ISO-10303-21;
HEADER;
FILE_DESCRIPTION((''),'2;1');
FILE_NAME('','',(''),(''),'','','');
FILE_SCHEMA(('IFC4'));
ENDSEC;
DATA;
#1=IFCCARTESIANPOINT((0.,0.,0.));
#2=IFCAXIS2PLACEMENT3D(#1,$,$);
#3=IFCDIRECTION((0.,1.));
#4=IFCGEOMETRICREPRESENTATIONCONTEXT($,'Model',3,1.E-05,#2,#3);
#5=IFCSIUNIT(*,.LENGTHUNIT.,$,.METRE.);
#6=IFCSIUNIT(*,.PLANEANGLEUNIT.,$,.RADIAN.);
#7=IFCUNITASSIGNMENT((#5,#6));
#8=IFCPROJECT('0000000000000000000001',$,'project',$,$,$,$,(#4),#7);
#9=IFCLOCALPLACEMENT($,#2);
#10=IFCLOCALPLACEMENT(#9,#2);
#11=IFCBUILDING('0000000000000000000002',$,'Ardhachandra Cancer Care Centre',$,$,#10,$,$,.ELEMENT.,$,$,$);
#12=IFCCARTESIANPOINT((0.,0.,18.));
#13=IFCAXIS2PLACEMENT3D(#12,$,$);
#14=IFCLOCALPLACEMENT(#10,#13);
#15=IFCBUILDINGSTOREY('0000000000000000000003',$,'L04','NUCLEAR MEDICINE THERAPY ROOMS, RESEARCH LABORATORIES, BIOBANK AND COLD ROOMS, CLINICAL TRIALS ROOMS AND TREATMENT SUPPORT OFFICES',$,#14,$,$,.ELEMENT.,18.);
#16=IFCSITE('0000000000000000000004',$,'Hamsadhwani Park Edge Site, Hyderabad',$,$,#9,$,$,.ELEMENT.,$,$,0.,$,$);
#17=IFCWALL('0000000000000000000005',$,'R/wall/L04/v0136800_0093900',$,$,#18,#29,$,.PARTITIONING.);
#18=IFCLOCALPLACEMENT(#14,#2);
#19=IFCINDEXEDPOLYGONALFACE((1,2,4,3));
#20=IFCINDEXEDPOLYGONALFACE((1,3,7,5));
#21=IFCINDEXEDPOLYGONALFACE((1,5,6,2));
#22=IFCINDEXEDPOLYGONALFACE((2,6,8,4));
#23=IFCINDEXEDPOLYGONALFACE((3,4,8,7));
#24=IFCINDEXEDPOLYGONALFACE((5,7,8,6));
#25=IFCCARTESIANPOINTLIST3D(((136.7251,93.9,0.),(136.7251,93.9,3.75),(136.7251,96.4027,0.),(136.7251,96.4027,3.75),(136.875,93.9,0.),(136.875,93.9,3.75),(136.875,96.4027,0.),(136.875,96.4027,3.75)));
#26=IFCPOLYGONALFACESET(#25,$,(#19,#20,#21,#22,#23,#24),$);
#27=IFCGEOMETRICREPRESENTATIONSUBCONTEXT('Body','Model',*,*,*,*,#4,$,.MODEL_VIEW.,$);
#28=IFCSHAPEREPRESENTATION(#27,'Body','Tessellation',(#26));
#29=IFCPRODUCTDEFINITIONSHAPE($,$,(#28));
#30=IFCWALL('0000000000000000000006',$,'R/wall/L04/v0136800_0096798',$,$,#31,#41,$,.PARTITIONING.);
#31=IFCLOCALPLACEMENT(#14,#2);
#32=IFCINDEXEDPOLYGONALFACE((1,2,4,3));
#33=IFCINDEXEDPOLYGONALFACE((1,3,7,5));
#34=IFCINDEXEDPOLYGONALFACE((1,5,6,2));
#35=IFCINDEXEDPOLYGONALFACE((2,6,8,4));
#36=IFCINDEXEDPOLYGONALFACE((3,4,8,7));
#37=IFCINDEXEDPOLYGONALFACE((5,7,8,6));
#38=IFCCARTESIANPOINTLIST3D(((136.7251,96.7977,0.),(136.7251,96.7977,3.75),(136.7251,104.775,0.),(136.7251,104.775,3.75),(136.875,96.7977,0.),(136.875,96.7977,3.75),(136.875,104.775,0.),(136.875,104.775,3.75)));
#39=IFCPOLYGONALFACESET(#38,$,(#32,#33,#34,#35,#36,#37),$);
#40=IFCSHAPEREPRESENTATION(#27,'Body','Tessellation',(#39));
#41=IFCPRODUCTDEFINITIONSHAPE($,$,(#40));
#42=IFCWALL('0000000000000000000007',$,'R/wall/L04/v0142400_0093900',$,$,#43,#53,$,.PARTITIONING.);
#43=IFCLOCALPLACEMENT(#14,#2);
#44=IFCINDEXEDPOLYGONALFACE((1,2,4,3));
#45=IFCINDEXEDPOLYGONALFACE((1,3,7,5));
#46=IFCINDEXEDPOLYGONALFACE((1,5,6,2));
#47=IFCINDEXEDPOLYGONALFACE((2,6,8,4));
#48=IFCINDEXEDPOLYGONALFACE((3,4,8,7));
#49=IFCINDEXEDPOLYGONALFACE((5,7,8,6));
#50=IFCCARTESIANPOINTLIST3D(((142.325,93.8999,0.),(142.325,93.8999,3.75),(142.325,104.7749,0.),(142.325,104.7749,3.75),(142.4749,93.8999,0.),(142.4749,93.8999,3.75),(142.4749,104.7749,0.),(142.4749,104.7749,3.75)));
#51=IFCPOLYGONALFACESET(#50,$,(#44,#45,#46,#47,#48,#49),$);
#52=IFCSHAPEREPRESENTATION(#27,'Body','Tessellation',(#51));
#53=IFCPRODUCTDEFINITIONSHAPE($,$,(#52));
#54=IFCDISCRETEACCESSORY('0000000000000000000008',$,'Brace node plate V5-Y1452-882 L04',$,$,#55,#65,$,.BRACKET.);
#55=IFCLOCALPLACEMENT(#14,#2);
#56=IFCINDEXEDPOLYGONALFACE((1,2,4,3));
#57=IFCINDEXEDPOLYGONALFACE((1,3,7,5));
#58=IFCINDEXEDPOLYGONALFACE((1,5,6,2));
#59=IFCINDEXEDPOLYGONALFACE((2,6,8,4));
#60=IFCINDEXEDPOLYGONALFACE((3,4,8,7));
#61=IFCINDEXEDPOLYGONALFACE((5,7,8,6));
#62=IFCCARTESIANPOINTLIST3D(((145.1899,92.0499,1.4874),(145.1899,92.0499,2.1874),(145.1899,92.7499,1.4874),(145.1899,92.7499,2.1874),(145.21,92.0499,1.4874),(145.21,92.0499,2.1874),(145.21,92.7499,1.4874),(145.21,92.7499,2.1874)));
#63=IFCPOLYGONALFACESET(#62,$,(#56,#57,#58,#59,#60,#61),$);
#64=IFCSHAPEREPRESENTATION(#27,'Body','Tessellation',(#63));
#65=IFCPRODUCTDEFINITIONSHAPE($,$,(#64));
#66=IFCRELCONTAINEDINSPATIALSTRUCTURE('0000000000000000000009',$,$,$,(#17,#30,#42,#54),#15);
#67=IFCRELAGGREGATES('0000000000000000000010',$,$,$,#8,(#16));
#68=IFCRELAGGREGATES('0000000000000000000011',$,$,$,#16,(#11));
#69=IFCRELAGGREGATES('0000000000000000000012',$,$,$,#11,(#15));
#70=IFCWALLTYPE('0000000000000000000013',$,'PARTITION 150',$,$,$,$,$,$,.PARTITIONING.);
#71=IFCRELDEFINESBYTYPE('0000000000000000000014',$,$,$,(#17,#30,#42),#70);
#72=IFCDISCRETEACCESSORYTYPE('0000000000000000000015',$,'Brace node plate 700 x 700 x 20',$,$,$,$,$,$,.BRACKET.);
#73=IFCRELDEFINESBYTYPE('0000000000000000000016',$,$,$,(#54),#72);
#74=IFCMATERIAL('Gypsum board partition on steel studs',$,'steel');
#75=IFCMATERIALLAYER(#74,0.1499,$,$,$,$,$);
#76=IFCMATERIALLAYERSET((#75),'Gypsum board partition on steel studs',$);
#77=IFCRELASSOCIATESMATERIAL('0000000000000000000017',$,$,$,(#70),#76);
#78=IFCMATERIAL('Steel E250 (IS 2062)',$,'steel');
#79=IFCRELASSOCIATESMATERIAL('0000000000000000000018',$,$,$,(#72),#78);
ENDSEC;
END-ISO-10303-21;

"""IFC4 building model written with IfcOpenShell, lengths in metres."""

from ifc_helpers import new_model, si_unit, direction, frame, frame_2d, origin, origin_2d, place, context, subcontext, project, spatial, rectangle, extrude, material, layer, layer_set, material_profile, profile_set, type_object, element, save


model = new_model("IFC4")

# Units and contexts
model_context = context("Model", 3, precision=1e-05, world=origin(), true_north=direction((0.0, 1.0)))
body_context = subcontext(model_context, "Body", "Model", "MODEL_VIEW")
ifc_project = project(units=[si_unit("LENGTHUNIT", "METRE"), si_unit("PLANEANGLEUNIT", "RADIAN")], contexts=[model_context])

# Site, building, storey
site_placement = place(None, origin())
site = spatial("IfcSite", under=ifc_project, at=site_placement, Name="Hamsadhwani Park Edge Site, Hyderabad", CompositionType="ELEMENT", RefElevation=0.0)
building_placement = place(site_placement, origin())
building = spatial("IfcBuilding", under=site, at=building_placement, Name="Ardhachandra Cancer Care Centre", CompositionType="ELEMENT")
storey_placement = place(building_placement, frame((0.0, 0.0, 18.0)))
storey = spatial("IfcBuildingStorey", under=building, at=storey_placement, Name="L04", Description="NUCLEAR MEDICINE THERAPY ROOMS, RESEARCH LABORATORIES, BIOBANK AND COLD ROOMS, CLINICAL TRIALS ROOMS AND TREATMENT SUPPORT OFFICES", CompositionType="ELEMENT", Elevation=18.0)

# Walls
ifc_material_1 = material(Name="Gypsum board partition on steel studs", Category="steel")
ifc_layer_1 = layer(ifc_material_1, 0.1499)
ifc_layer_set_1 = layer_set([ifc_layer_1], Name="Gypsum board partition on steel studs")
wall_type_1 = type_object("IfcWallType", Name="PARTITION 150", PredefinedType="PARTITIONING", material=ifc_layer_set_1)
wall_1_placement = place(storey_placement, frame((136.8, 93.8999, 0.0), z_axis=(0.0, 0.0, 1.0), x_axis=(0.0, 1.0, 0.0)))
element("IfcWall", 1, at=wall_1_placement, inside=storey, type_object=wall_type_1, Name="R/wall/L04/v0136800_0093900", PredefinedType="PARTITIONING", context=body_context, shape_type="SweptSolid", body=[
    extrude(rectangle(XDim=2.5027, YDim=0.1499, at=frame_2d((1.2515, 0.0))), origin(), (0.0, 0.0, 1.0), 3.75),
])
wall_2_placement = place(storey_placement, frame((136.8, 96.7976, 0.0), z_axis=(0.0, 0.0, 1.0), x_axis=(0.0, 1.0, 0.0)))
element("IfcWall", 2, at=wall_2_placement, inside=storey, type_object=wall_type_1, Name="R/wall/L04/v0136800_0096798", PredefinedType="PARTITIONING", context=body_context, shape_type="SweptSolid", body=[
    extrude(rectangle(XDim=7.9773, YDim=0.1499, at=frame_2d((3.9888, 0.0))), origin(), (0.0, 0.0, 1.0), 3.75),
])
wall_3_placement = place(storey_placement, frame((142.3999, 93.8999, 0.0), z_axis=(0.0, 0.0, 1.0), x_axis=(0.0, 1.0, 0.0)))
element("IfcWall", 3, at=wall_3_placement, inside=storey, type_object=wall_type_1, Name="R/wall/L04/v0142400_0093900", PredefinedType="PARTITIONING", context=body_context, shape_type="SweptSolid", body=[
    extrude(rectangle(XDim=10.875, YDim=0.1499, at=frame_2d((5.4375, 0.0))), origin(), (0.0, 0.0, 1.0), 3.75),
])

# Discrete accessory
ifc_material_2 = material(Name="Steel E250 (IS 2062)", Category="steel")
ifc_material_profile_1 = material_profile(ifc_material_2, rectangle(XDim=0.7, YDim=0.7, at=origin_2d()), Name="PL 700x700x20")
ifc_profile_set_1 = profile_set([ifc_material_profile_1], Name="Steel E250 (IS 2062)")
discrete_accessory_type = type_object("IfcDiscreteAccessoryType", Name="Brace node plate 700 x 700 x 20", PredefinedType="BRACKET", material=ifc_profile_set_1)
discrete_accessory_placement = place(storey_placement, frame((145.1899, 92.3999, 1.8374), z_axis=(1.0, 0.0, 0.0), x_axis=(0.0, 1.0, 0.0)))
element("IfcDiscreteAccessory", 4, at=discrete_accessory_placement, inside=storey, type_object=discrete_accessory_type, Name="Brace node plate V5-Y1452-882 L04", PredefinedType="BRACKET", context=body_context, shape_type="SweptSolid", body=[
    extrude(rectangle(XDim=0.7, YDim=0.7, at=origin_2d()), origin(), (0.0, 0.0, 1.0), 0.02),
])

save(model, "model.ifc")
